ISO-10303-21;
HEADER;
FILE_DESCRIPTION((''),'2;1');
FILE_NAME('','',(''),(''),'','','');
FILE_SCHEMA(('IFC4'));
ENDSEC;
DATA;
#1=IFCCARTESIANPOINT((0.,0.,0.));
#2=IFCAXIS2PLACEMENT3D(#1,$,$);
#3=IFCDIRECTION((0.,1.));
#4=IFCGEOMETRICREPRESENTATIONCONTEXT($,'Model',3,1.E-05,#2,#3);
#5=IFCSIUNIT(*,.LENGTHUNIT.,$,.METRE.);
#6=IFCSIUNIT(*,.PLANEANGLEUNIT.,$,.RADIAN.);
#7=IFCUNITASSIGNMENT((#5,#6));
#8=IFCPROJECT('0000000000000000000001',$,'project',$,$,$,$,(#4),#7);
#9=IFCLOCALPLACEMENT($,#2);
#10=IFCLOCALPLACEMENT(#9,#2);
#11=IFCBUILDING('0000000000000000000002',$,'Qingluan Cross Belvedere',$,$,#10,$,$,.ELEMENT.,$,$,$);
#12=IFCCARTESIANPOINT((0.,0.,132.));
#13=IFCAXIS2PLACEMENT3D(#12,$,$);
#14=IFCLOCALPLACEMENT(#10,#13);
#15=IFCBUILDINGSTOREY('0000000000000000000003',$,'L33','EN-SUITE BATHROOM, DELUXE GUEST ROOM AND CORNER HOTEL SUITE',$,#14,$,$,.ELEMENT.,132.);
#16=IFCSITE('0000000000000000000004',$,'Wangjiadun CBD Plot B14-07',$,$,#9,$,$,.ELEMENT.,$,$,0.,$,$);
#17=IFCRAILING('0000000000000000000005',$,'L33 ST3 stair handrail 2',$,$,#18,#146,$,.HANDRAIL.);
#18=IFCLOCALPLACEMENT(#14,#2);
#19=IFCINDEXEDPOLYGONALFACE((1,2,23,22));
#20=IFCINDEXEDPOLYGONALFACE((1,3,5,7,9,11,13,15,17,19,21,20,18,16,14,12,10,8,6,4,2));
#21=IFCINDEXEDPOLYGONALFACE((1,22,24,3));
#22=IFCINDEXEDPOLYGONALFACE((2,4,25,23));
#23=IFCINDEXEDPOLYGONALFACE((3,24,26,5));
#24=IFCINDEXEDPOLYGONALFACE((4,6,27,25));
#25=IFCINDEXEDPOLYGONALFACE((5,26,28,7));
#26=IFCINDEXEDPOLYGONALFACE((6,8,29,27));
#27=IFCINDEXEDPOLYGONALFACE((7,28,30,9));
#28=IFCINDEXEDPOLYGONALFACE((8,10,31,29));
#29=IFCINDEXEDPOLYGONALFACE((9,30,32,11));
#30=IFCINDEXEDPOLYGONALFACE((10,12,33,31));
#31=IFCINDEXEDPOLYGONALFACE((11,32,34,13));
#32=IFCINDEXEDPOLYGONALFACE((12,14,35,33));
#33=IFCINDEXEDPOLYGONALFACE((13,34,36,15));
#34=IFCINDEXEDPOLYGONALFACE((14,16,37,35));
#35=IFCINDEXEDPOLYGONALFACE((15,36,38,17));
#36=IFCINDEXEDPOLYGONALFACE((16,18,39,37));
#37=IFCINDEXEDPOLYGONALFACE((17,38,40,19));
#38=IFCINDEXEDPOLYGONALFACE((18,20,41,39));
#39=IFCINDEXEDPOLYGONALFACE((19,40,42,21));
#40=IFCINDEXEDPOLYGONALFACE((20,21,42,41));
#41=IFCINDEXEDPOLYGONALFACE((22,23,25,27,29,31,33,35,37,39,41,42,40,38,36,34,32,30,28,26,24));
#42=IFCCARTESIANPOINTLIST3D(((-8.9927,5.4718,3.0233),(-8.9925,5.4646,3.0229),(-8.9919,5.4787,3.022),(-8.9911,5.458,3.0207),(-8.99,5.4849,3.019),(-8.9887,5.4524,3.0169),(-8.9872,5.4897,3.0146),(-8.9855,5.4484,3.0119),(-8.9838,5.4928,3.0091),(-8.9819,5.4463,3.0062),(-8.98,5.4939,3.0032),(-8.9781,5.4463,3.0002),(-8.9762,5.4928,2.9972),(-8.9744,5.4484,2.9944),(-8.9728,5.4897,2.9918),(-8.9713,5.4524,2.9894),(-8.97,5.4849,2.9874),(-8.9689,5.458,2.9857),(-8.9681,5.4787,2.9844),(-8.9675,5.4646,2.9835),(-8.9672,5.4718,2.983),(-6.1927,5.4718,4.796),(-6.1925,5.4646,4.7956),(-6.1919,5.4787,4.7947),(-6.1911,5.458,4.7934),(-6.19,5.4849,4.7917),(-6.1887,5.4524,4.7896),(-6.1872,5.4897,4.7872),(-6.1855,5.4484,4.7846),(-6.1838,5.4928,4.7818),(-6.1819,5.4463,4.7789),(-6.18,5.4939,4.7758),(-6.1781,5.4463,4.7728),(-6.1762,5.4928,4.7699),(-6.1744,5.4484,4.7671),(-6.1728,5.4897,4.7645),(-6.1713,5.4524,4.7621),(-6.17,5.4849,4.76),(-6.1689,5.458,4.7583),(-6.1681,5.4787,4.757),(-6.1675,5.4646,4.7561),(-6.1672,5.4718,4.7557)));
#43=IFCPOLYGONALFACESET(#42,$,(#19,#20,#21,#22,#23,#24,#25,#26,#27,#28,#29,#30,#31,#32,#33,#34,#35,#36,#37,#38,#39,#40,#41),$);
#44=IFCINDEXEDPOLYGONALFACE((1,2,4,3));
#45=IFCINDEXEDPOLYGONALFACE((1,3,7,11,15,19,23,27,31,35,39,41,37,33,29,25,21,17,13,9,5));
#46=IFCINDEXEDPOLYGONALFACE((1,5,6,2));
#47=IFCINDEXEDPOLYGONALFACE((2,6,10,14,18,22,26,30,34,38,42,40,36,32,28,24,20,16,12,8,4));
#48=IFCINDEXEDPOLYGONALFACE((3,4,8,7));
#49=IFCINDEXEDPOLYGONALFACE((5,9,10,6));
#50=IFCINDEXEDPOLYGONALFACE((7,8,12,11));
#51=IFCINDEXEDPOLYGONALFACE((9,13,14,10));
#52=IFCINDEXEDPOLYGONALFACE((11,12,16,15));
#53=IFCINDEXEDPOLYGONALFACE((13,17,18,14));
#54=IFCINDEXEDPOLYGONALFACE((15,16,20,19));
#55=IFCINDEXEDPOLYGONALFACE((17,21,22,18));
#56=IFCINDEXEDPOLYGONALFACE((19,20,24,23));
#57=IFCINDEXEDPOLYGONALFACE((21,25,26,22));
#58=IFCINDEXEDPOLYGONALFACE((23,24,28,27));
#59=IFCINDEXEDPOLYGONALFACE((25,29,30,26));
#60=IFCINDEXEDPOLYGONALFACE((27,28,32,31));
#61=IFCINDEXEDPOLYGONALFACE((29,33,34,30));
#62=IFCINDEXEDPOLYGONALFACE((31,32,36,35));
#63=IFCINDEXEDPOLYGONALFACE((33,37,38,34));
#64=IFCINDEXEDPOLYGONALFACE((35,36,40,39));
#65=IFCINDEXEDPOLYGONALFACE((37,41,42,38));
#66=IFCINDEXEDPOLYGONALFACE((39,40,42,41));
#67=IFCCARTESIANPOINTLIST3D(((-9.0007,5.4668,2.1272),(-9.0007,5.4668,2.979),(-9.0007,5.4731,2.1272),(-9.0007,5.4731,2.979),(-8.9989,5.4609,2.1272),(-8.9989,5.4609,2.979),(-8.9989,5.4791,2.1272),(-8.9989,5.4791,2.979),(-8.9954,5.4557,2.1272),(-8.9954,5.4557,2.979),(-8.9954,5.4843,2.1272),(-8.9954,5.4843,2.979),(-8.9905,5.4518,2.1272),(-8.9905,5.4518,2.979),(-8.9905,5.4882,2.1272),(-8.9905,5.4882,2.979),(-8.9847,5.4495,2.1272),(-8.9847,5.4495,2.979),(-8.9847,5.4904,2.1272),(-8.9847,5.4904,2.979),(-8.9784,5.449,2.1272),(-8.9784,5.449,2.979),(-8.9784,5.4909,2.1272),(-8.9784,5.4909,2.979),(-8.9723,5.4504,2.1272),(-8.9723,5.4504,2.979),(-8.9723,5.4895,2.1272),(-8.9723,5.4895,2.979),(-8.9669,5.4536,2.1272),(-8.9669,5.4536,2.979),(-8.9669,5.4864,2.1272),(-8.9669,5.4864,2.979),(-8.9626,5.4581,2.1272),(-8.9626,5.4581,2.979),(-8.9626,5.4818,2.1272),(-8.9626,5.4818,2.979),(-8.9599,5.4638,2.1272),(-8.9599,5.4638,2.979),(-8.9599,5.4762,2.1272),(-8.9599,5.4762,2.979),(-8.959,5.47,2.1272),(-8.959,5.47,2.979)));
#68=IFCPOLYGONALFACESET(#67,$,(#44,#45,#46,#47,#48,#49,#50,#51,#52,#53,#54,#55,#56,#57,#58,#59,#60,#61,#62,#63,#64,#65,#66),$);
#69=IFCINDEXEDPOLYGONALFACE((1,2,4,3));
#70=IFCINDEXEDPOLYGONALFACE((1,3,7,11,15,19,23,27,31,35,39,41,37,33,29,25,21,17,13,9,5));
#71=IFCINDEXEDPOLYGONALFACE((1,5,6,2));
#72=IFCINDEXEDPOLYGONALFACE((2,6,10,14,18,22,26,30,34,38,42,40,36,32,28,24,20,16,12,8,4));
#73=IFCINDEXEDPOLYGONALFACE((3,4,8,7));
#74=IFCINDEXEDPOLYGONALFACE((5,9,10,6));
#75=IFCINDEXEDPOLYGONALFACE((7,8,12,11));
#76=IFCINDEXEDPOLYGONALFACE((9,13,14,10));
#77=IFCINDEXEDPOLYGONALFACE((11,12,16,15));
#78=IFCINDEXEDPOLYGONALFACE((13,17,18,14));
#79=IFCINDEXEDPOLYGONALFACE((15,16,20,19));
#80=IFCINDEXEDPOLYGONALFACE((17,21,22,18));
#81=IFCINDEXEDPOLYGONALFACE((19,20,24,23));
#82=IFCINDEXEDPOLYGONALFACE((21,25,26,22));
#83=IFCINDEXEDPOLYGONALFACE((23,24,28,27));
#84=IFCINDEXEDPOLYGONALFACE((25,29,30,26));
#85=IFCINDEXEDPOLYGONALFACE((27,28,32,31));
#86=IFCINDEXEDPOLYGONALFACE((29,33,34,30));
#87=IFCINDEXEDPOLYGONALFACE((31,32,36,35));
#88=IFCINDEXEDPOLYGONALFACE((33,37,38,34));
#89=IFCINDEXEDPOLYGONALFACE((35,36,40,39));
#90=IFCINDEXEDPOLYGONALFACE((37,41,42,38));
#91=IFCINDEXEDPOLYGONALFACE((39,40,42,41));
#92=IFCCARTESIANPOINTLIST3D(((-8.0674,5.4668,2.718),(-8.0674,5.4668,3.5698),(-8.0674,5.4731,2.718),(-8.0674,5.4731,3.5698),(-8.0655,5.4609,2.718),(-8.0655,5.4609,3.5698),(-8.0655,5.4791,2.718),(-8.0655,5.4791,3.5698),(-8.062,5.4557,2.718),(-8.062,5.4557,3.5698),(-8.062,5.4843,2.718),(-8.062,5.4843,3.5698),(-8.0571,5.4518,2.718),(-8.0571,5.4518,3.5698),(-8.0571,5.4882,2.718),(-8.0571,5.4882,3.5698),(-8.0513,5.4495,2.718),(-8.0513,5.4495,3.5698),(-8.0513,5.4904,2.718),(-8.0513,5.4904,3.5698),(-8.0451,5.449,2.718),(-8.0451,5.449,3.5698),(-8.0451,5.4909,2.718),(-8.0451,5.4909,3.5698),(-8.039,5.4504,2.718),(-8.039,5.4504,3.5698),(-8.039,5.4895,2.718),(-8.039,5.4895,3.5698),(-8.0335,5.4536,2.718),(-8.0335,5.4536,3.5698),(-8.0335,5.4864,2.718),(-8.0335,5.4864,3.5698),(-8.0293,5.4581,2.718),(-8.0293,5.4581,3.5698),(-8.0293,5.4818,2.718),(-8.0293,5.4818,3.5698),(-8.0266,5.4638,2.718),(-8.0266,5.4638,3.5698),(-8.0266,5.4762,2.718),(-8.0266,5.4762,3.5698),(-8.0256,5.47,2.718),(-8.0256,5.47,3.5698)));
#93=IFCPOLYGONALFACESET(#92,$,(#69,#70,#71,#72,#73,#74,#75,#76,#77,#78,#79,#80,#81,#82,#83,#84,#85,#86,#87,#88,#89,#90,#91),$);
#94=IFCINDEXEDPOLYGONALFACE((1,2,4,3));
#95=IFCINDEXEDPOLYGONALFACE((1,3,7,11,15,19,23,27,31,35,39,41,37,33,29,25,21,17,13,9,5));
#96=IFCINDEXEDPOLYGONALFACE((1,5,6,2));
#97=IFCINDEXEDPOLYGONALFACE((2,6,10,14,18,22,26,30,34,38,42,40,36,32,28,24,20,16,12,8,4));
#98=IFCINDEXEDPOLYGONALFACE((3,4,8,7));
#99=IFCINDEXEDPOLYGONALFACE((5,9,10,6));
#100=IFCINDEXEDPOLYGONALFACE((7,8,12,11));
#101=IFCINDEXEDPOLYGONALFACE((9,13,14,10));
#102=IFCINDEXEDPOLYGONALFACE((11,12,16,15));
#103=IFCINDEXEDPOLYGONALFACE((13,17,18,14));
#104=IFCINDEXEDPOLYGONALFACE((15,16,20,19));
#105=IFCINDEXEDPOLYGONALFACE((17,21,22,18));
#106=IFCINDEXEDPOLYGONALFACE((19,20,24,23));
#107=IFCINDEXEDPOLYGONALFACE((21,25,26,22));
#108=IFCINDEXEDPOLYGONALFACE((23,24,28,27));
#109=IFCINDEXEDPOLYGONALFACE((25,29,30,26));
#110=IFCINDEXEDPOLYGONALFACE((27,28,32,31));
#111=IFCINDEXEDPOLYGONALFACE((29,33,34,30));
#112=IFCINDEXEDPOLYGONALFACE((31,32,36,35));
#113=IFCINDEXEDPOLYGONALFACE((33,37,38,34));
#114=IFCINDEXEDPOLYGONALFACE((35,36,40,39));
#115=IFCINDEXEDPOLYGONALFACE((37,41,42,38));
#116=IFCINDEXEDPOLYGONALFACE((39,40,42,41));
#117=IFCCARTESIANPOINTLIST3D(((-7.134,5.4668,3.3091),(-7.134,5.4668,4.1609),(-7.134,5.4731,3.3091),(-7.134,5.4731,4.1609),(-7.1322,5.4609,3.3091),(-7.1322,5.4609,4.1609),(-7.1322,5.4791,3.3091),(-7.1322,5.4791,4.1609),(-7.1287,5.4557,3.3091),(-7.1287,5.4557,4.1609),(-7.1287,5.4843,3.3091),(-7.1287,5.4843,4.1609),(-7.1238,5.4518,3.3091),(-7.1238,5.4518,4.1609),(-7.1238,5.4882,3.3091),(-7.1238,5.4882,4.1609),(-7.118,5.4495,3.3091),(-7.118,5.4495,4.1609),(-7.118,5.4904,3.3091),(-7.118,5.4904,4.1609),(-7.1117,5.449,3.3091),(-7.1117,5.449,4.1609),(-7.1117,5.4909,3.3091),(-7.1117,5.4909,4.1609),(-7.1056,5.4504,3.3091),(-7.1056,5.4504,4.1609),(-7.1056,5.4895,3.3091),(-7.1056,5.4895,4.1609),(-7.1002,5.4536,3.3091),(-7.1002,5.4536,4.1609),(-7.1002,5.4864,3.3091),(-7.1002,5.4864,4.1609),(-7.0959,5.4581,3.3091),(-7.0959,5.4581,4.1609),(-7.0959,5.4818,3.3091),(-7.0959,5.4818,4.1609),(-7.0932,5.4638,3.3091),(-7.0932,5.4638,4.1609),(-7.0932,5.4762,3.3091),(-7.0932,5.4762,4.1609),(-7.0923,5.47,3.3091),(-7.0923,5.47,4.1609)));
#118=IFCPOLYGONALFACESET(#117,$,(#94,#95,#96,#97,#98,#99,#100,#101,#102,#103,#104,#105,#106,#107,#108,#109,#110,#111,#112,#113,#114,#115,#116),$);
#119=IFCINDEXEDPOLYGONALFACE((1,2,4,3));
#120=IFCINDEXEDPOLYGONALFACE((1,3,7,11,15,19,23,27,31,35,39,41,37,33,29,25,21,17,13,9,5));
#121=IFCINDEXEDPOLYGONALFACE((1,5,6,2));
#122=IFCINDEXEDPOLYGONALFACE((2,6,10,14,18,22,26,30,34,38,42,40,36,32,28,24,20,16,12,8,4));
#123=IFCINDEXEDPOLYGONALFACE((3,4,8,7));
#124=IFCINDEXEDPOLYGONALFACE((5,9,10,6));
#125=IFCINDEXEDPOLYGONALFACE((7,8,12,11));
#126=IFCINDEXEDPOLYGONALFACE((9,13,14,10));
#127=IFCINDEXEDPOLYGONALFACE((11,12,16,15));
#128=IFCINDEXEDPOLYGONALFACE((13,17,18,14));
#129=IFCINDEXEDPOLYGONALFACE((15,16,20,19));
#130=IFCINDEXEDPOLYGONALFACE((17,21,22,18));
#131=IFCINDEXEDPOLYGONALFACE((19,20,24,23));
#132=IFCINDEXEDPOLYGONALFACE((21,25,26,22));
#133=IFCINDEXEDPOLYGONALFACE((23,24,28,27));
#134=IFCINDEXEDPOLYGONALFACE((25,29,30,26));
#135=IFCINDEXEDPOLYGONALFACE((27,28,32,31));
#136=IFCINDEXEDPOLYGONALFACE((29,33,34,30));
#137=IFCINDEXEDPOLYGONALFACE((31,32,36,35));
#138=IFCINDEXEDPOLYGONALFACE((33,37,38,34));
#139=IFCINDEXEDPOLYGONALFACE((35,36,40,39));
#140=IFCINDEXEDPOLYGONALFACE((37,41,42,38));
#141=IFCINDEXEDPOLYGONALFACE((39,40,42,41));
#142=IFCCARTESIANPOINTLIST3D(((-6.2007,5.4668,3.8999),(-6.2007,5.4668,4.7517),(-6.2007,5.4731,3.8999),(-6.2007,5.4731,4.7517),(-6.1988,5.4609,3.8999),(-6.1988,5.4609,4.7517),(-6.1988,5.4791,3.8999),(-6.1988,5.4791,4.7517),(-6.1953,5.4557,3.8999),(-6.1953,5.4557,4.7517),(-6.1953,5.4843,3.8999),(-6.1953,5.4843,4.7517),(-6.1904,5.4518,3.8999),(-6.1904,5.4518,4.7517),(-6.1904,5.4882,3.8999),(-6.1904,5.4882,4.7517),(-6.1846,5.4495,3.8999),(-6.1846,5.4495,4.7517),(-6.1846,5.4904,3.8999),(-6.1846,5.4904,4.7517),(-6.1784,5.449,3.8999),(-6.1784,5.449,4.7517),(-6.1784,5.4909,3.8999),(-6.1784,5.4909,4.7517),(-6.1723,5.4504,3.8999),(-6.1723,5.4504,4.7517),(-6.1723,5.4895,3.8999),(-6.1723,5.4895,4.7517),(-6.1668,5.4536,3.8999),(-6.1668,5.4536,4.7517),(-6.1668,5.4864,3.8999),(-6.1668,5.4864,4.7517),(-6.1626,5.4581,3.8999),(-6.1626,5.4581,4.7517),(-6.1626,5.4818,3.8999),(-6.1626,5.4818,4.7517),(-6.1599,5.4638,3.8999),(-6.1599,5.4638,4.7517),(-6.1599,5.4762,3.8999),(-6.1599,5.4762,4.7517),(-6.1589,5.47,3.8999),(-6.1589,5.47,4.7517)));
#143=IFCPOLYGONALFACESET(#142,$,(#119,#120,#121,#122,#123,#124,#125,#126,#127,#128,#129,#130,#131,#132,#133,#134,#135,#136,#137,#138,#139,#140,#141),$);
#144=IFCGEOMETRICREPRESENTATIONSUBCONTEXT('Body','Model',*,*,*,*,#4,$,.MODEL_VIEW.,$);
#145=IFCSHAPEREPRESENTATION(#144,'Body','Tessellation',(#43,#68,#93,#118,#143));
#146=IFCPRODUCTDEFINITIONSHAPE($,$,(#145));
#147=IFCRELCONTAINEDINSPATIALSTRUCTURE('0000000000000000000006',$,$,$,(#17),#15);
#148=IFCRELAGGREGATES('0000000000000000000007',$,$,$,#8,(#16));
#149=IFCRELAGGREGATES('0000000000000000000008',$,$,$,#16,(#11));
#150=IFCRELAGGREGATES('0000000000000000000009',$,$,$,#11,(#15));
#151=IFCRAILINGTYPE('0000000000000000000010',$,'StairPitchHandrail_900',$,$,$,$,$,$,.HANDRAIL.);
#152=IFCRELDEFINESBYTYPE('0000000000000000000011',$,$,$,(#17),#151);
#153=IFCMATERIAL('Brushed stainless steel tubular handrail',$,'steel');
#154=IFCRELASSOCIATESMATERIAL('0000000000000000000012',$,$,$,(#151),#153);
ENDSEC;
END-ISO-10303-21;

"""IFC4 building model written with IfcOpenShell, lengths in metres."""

from ifc_helpers import new_model, si_unit, direction, frame, origin, origin_2d, place, context, subcontext, project, spatial, circle, extrude, material, type_object, element, save


model = new_model("IFC4")

# Units and contexts
model_context = context("Model", 3, precision=1e-05, world=origin(), true_north=direction((0.0, 1.0)))
body_context = subcontext(model_context, "Body", "Model", "MODEL_VIEW")
ifc_project = project(units=[si_unit("LENGTHUNIT", "METRE"), si_unit("PLANEANGLEUNIT", "RADIAN")], contexts=[model_context])

# Site, building, storey
site_placement = place(None, origin())
site = spatial("IfcSite", under=ifc_project, at=site_placement, Name="Wangjiadun CBD Plot B14-07", CompositionType="ELEMENT", RefElevation=0.0)
building_placement = place(site_placement, origin())
building = spatial("IfcBuilding", under=site, at=building_placement, Name="Qingluan Cross Belvedere", CompositionType="ELEMENT")
storey_placement = place(building_placement, frame((0.0, 0.0, 132.0)))
storey = spatial("IfcBuildingStorey", under=building, at=storey_placement, Name="L33", Description="EN-SUITE BATHROOM, DELUXE GUEST ROOM AND CORNER HOTEL SUITE", CompositionType="ELEMENT", Elevation=132.0)

# Railing
ifc_material_1 = material(Name="Brushed stainless steel tubular handrail", Category="steel")
railing_type_1 = type_object("IfcRailingType", Name="StairPitchHandrail_900", PredefinedType="HANDRAIL", material=ifc_material_1)
railing_1_placement = place(storey_placement, frame((-8.98, 5.47, 2.1272)))
element("IfcRailing", 1, at=railing_1_placement, inside=storey, type_object=railing_type_1, Name="L33 ST3 stair handrail 2", PredefinedType="HANDRAIL", context=body_context, shape_type="SweptSolid", body=[
    extrude(circle(Radius=0.0239, at=origin_2d()), frame((0.0, 0.0, 0.876), z_axis=(0.844909, 0.0, 0.53491), x_axis=(0.0, 1.0, 0.0)), (0.0, 0.0, 1.0), 3.314),
    extrude(circle(Radius=0.021, at=origin_2d()), origin(), (0.0, 0.0, 1.0), 0.8518),
    extrude(circle(Radius=0.021, at=origin_2d()), frame((0.9333, 0.0, 0.5908)), (0.0, 0.0, 1.0), 0.8518),
    extrude(circle(Radius=0.021, at=origin_2d()), frame((1.8667, 0.0, 1.1819)), (0.0, 0.0, 1.0), 0.8518),
    extrude(circle(Radius=0.021, at=origin_2d()), frame((2.8, 0.0, 1.7727)), (0.0, 0.0, 1.0), 0.8518),
])

save(model, "model.ifc")
